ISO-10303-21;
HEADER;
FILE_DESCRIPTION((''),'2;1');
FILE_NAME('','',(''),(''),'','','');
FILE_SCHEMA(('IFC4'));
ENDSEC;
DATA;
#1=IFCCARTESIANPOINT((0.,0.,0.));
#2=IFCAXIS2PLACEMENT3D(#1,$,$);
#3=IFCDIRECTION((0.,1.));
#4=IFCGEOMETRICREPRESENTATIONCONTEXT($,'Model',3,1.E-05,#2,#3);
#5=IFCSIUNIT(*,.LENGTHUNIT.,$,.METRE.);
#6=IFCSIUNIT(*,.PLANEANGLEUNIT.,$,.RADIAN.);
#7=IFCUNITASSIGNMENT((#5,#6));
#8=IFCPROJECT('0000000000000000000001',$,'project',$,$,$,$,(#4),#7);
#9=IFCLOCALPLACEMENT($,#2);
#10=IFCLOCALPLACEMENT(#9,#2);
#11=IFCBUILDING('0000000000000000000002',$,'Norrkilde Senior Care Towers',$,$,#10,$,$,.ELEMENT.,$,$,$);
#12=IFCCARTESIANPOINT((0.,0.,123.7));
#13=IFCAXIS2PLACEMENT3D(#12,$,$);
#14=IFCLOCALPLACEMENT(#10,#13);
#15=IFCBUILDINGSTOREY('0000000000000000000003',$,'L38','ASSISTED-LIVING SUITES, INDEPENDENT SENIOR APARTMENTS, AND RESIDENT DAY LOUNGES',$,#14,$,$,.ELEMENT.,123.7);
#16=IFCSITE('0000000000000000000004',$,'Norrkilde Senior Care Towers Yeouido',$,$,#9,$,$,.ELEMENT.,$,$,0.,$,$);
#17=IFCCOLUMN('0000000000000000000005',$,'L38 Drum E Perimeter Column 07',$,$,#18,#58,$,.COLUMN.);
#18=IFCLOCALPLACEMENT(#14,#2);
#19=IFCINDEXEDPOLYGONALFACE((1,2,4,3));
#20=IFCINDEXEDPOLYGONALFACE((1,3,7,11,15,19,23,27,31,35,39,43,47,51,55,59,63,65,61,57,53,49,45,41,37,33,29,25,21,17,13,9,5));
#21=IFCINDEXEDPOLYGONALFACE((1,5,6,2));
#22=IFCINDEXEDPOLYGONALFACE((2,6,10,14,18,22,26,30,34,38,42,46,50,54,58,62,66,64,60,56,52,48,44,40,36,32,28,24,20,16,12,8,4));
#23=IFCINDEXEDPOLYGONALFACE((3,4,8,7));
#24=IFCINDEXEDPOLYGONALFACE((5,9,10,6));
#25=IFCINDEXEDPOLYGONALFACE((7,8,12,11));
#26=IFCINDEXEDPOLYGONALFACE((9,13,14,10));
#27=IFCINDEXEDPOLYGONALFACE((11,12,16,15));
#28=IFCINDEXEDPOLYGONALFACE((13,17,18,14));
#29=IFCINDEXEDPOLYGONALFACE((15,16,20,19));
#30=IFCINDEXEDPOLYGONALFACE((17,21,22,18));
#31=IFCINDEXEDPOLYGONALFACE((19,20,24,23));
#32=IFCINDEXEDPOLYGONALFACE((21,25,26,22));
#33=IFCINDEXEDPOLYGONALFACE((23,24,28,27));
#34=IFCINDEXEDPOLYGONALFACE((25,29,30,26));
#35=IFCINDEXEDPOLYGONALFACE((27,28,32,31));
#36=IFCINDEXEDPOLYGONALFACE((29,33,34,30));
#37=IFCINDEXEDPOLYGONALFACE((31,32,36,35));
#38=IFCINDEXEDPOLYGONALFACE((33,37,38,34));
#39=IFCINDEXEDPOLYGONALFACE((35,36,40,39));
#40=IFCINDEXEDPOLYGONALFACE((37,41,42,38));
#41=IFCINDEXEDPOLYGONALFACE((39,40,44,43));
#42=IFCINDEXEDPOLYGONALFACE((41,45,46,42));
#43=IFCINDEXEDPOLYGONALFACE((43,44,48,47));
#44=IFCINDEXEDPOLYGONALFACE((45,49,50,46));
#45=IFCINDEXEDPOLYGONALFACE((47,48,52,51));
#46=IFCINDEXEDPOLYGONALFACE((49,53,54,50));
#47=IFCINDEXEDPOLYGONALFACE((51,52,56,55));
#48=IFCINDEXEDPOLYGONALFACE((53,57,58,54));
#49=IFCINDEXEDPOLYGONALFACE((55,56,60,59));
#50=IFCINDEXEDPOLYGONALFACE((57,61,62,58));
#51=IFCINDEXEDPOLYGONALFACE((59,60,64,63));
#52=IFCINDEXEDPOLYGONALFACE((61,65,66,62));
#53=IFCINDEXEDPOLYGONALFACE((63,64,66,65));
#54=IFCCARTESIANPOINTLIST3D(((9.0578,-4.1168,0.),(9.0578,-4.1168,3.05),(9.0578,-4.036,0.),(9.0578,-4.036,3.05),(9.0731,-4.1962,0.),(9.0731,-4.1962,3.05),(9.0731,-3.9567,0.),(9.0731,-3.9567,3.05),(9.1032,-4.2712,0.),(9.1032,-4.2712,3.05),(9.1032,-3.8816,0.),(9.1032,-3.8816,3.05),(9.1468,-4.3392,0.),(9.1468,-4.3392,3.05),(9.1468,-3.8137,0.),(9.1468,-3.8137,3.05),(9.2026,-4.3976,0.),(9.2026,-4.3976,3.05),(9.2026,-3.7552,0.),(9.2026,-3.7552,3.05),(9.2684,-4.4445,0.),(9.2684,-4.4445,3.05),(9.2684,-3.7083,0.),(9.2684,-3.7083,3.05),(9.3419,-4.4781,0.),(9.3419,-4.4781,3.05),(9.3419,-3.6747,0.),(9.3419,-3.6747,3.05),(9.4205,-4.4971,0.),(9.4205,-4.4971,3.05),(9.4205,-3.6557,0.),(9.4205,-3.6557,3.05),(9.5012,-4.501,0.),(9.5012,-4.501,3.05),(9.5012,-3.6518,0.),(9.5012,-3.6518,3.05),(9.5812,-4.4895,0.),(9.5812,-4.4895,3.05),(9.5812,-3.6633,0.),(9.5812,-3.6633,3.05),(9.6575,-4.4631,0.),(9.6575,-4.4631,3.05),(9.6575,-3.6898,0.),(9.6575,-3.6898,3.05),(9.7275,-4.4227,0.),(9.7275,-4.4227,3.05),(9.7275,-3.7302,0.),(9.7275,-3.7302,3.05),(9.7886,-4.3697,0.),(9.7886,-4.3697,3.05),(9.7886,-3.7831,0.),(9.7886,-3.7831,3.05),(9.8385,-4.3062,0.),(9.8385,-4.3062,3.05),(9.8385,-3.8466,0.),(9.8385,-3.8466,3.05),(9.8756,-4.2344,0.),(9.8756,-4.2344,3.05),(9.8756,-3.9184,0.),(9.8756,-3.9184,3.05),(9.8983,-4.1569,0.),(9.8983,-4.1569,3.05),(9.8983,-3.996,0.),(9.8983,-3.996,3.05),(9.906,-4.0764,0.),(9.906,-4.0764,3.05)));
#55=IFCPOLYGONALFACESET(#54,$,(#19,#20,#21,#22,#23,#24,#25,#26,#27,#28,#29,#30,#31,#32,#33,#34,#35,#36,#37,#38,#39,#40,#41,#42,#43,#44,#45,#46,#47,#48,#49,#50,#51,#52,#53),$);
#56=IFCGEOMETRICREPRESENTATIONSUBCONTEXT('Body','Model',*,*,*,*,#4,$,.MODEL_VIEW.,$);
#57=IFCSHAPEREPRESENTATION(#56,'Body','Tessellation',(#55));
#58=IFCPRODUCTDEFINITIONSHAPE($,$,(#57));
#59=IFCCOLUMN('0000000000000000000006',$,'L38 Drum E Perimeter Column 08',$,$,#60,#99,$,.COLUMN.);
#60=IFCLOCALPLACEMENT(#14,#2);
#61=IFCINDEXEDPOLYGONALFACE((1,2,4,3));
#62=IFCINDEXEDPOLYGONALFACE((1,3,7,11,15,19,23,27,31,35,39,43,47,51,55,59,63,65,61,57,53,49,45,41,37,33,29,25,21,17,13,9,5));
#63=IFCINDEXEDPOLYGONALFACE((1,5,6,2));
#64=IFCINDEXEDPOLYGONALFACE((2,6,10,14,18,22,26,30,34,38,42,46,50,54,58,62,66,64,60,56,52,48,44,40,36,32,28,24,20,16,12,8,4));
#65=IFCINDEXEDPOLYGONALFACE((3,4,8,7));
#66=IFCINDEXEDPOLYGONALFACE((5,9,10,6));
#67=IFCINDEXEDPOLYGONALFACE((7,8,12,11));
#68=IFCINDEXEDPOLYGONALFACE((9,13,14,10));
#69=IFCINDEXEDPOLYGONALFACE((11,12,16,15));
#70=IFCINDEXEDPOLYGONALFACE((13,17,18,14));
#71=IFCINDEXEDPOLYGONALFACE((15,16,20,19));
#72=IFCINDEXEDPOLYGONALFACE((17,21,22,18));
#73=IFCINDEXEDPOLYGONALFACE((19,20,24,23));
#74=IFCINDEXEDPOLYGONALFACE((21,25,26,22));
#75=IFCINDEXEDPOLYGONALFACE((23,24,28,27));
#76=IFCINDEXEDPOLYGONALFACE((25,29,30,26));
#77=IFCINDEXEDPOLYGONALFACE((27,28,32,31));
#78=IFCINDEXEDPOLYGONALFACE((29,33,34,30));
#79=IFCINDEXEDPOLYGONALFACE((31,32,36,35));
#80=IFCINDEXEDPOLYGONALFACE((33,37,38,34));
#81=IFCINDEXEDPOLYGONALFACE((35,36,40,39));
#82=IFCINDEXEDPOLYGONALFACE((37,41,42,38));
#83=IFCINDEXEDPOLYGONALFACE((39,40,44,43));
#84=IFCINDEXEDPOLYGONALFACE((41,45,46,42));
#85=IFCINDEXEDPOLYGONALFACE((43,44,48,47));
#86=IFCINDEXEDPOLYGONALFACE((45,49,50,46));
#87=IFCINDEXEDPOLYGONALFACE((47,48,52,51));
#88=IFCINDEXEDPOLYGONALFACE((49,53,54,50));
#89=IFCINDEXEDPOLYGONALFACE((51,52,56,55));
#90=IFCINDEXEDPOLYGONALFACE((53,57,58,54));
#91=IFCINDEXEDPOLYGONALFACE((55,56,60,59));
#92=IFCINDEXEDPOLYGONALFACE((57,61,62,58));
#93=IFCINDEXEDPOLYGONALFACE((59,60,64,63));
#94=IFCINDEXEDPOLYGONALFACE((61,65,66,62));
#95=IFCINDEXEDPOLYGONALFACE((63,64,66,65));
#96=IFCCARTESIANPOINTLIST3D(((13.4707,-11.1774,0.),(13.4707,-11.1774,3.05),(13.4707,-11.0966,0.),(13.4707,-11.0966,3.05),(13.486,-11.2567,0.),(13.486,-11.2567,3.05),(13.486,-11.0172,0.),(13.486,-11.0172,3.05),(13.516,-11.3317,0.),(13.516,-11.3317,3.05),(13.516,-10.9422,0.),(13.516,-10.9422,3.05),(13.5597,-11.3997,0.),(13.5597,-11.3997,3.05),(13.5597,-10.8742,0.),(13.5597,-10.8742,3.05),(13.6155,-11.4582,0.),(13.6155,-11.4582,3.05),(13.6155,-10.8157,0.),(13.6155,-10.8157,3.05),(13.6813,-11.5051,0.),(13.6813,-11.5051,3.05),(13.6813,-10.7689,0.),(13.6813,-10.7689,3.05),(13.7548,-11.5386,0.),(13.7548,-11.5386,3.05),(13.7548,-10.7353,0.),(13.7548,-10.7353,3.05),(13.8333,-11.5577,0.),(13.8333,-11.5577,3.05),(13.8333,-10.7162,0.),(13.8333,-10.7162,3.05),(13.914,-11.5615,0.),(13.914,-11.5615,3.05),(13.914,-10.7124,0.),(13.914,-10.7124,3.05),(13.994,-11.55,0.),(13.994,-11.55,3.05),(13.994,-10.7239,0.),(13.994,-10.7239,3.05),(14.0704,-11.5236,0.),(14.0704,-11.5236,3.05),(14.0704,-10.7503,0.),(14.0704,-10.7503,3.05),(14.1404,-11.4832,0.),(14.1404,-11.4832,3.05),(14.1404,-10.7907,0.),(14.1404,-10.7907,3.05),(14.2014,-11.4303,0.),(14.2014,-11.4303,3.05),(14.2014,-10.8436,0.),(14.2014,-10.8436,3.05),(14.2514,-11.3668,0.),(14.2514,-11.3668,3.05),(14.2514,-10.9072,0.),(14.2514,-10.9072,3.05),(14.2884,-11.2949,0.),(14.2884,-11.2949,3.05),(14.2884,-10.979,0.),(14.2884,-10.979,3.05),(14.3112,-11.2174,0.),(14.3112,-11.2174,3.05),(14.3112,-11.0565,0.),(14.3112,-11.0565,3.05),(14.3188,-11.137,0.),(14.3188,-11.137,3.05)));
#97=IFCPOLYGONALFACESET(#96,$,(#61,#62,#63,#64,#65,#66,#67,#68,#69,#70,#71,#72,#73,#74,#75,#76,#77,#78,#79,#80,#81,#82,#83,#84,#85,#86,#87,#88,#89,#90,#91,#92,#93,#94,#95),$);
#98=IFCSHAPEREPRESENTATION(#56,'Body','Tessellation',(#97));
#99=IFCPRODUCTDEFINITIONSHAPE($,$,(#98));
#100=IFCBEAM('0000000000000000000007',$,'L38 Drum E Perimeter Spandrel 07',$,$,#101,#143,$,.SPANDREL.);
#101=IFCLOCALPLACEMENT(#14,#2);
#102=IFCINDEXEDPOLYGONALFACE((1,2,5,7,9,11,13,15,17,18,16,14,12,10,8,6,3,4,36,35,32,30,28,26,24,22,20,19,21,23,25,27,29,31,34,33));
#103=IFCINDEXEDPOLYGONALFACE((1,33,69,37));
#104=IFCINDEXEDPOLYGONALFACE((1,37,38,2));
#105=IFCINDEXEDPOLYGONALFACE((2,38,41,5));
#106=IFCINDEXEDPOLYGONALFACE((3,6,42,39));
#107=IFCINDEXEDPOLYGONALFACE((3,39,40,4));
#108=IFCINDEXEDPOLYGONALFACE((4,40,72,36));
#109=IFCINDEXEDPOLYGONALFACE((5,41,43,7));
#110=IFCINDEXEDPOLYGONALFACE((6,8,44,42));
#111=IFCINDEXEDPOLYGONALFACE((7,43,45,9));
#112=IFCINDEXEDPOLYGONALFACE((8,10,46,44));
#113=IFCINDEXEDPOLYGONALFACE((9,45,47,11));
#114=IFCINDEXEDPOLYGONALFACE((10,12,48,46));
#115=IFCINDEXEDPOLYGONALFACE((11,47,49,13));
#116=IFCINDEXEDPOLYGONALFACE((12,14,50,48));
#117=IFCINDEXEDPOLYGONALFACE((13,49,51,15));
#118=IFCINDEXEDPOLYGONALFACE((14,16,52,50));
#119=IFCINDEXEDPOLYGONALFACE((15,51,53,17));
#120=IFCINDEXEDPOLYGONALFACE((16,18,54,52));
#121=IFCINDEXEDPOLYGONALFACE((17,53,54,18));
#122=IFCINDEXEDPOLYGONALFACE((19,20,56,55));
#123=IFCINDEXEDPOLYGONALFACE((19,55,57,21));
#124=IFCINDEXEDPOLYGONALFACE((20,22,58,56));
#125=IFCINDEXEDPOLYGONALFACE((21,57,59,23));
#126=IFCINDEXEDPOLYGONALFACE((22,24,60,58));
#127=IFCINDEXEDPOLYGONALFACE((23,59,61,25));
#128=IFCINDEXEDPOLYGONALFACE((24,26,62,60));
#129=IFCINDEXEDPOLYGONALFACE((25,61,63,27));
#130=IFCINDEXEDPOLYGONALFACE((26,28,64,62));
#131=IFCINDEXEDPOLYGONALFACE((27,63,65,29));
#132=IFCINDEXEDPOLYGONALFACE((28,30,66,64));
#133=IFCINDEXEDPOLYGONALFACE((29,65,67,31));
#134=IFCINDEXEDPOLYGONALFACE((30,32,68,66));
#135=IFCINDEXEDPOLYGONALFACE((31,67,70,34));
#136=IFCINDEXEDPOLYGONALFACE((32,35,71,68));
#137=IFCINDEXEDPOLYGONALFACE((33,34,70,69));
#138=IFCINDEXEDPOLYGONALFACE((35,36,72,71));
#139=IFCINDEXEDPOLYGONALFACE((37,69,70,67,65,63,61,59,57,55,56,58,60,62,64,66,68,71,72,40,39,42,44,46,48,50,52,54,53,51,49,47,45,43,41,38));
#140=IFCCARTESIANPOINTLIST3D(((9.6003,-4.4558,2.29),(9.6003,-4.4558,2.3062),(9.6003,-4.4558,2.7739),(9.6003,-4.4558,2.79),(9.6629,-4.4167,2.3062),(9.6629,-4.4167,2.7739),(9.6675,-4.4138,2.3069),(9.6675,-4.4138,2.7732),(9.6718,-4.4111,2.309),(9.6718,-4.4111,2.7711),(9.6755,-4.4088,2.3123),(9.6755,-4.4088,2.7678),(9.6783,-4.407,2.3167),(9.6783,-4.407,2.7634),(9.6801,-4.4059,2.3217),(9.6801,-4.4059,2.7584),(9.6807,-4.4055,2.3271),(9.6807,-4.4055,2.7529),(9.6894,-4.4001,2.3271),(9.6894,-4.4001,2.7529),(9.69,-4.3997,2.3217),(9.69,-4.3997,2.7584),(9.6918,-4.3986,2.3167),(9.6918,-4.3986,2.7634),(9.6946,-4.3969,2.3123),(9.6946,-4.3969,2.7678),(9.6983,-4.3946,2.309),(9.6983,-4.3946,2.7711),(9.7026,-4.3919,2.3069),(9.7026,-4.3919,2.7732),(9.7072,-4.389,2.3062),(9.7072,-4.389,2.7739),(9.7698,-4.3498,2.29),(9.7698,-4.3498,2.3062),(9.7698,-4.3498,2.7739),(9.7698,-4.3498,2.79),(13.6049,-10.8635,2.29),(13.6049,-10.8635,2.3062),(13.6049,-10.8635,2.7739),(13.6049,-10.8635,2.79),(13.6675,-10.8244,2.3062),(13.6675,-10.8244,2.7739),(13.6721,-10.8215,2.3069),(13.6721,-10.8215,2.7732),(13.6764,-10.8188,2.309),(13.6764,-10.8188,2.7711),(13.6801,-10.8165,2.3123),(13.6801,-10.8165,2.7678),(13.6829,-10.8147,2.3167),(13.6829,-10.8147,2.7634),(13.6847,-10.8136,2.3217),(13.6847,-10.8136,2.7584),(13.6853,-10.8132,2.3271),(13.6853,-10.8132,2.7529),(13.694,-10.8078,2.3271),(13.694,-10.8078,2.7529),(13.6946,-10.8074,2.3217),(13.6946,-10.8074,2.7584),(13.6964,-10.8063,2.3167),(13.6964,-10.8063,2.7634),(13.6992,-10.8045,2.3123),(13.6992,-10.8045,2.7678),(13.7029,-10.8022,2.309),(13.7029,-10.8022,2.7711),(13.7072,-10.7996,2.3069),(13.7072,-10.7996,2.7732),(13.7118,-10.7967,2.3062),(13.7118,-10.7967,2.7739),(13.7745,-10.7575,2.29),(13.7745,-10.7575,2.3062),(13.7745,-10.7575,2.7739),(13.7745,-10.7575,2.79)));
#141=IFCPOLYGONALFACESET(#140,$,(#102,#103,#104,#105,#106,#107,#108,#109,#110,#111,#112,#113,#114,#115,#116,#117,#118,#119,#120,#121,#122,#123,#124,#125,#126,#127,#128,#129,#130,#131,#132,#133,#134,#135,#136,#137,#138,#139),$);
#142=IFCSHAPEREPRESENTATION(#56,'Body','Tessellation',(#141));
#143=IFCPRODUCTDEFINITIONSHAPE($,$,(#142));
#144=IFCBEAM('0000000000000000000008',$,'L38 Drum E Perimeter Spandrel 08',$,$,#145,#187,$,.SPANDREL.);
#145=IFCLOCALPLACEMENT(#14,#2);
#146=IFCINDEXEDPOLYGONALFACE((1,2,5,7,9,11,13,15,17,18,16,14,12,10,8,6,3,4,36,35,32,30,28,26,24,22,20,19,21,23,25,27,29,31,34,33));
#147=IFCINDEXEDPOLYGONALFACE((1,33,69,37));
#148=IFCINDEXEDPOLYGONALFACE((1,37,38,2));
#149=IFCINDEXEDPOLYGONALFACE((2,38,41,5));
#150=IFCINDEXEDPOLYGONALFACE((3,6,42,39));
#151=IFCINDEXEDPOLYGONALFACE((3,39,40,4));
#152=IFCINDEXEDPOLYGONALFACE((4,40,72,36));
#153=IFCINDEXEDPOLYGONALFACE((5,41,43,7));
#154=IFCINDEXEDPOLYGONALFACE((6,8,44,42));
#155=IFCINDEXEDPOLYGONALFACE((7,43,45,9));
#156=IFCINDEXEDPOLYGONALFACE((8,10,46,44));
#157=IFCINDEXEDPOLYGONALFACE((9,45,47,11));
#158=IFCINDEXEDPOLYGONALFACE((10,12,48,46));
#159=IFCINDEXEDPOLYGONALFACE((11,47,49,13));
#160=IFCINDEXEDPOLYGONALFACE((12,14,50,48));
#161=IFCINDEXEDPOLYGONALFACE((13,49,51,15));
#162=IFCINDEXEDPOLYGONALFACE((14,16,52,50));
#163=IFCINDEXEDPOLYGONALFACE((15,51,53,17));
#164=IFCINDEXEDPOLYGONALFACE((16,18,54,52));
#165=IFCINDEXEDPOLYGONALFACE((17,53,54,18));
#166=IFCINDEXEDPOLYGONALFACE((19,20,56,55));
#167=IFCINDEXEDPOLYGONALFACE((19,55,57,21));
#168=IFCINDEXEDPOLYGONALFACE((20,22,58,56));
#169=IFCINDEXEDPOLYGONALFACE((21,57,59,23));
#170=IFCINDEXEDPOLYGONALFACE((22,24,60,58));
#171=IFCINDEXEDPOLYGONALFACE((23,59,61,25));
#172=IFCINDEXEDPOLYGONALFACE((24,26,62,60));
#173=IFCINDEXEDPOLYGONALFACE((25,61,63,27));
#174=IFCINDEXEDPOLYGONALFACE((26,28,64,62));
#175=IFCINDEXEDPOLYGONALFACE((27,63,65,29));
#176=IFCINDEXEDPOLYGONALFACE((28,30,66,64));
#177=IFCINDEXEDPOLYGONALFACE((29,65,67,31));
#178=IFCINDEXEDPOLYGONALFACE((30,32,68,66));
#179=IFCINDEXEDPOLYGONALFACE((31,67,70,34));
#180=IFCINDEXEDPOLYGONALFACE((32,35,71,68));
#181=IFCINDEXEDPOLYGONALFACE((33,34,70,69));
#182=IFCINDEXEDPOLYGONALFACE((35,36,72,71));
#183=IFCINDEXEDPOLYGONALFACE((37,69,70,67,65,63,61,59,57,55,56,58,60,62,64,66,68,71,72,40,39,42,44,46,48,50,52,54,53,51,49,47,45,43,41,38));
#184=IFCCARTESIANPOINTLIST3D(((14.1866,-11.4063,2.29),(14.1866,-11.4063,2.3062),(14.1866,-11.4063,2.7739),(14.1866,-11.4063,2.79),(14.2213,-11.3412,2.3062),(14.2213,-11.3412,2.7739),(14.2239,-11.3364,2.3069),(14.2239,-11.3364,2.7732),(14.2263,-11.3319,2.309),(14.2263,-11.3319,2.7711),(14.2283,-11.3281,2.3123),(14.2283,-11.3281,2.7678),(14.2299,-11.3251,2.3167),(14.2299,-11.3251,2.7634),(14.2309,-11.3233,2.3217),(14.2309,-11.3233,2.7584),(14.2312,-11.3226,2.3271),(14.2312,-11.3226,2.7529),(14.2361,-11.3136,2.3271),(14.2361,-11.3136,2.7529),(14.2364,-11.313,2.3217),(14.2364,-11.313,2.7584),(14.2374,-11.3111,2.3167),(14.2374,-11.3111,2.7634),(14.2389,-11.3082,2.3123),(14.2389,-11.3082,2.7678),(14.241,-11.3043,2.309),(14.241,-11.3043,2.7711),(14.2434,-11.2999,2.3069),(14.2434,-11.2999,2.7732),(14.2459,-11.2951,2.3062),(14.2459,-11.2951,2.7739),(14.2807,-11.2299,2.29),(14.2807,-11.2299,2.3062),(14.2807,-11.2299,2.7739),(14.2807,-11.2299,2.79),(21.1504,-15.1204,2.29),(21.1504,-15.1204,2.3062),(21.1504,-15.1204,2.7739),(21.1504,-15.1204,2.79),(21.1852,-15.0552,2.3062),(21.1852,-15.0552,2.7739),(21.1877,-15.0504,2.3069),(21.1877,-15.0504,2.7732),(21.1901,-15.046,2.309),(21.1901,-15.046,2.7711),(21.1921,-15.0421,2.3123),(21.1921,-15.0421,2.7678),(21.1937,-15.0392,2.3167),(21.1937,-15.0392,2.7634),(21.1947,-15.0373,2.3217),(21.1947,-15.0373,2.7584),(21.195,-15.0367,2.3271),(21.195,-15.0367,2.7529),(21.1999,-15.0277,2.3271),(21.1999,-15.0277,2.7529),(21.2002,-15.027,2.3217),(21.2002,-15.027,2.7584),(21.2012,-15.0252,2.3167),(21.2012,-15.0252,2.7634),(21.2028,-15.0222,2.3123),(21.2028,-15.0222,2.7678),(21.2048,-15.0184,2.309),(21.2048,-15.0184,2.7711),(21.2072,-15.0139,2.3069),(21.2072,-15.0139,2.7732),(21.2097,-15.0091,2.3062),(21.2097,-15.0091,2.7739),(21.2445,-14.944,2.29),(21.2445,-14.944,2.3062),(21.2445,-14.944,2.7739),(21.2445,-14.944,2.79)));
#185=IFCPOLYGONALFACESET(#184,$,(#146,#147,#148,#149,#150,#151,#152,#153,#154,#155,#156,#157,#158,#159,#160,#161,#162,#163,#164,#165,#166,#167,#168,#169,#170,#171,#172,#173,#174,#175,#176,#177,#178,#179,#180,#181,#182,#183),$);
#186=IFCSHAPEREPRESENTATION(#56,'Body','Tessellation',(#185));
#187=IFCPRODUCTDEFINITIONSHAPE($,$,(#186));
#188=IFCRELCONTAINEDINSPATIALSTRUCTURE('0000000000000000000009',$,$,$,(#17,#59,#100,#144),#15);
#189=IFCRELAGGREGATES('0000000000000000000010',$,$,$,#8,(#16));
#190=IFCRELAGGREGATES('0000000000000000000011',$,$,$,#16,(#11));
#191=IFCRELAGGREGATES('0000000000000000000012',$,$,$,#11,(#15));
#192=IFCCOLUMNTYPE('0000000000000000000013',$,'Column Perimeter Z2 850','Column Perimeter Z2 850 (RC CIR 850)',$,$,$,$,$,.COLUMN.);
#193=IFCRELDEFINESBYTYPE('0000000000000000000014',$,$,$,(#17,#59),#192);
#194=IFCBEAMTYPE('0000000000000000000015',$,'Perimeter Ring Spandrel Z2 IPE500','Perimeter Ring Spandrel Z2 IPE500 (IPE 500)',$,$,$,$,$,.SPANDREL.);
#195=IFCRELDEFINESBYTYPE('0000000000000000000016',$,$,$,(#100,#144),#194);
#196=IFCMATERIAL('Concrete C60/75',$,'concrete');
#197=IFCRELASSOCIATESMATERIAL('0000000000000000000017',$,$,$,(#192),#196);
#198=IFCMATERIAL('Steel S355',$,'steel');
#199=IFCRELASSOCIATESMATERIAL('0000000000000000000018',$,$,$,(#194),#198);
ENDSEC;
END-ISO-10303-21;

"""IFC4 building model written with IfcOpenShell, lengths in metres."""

from ifc_helpers import new_model, si_unit, direction, frame, origin, origin_2d, place, context, subcontext, project, spatial, circle, i_section, extrude, source, transform, mapped, material, material_profile, profile_set, type_object, type_shapes, element, save


model = new_model("IFC4")

# Units and contexts
model_context = context("Model", 3, precision=1e-05, world=origin(), true_north=direction((0.0, 1.0)))
body_context = subcontext(model_context, "Body", "Model", "MODEL_VIEW")
ifc_project = project(units=[si_unit("LENGTHUNIT", "METRE"), si_unit("PLANEANGLEUNIT", "RADIAN")], contexts=[model_context])

# Site, building, storey
site_placement = place(None, origin())
site = spatial("IfcSite", under=ifc_project, at=site_placement, Name="Norrkilde Senior Care Towers Yeouido", CompositionType="ELEMENT", RefElevation=0.0)
building_placement = place(site_placement, origin())
building = spatial("IfcBuilding", under=site, at=building_placement, Name="Norrkilde Senior Care Towers", CompositionType="ELEMENT")
storey_placement = place(building_placement, frame((0.0, 0.0, 123.7)))
storey = spatial("IfcBuildingStorey", under=building, at=storey_placement, Name="L38", Description="ASSISTED-LIVING SUITES, INDEPENDENT SENIOR APARTMENTS, AND RESIDENT DAY LOUNGES", CompositionType="ELEMENT", Elevation=123.7)

# Columns
ifc_material_1 = material(Name="Concrete C60/75", Category="concrete")
ifc_material_profile_1 = material_profile(ifc_material_1, circle(Radius=0.425, at=origin_2d()), Name="RC CIR 850")
ifc_profile_set_1 = profile_set([ifc_material_profile_1], Name="Concrete C60/75")
column_type = type_object("IfcColumnType", Name="Column Perimeter Z2 850", Description="Column Perimeter Z2 850 (RC CIR 850)", PredefinedType="COLUMN", material=ifc_profile_set_1)
shared_shape_1 = source(origin(), body_context, "Body", "SweptSolid", [
    extrude(circle(Radius=0.425, at=origin_2d()), origin(), (0.0, 0.0, 1.0), 3.05),
])
type_shapes(column_type, [shared_shape_1])
for number, where, z_axis, x_axis, name in (
    (1, (9.481, -4.0764, 0.0), (0.0, 0.0, 1.0), (1.0, 0.0, 0.0), "L38 Drum E Perimeter Column 07"),
    (2, (13.8938, -11.137, 0.0), (0.0, 0.0, 1.0), (1.0, 0.0, 0.0), "L38 Drum E Perimeter Column 08"),
):
    element("IfcColumn", number, at=place(storey_placement, frame(where, z_axis=z_axis, x_axis=x_axis)), inside=storey, type_object=column_type, Name=name, PredefinedType="COLUMN", context=body_context, shape_type="MappedRepresentation", body=[
        mapped(shared_shape_1, transform((0.0, 0.0, 0.0), x_axis=(1.0, 0.0, 0.0), y_axis=(0.0, 1.0, 0.0), z_axis=(0.0, 0.0, 1.0), scale=1.0)),
    ])

# Beams
ifc_material_2 = material(Name="Steel S355", Category="steel")
ifc_material_profile_2 = material_profile(ifc_material_2, i_section(OverallWidth=0.2, OverallDepth=0.5, WebThickness=0.0103, FlangeThickness=0.0161, FilletRadius=0.021, at=origin_2d()), Name="IPE 500")
ifc_profile_set_2 = profile_set([ifc_material_profile_2], Name="Steel S355")
beam_type_1 = type_object("IfcBeamType", Name="Perimeter Ring Spandrel Z2 IPE500", Description="Perimeter Ring Spandrel Z2 IPE500 (IPE 500)", PredefinedType="SPANDREL", material=ifc_profile_set_2)
shared_shape_2 = source(origin(), body_context, "Body", "SweptSolid", [
    extrude(i_section(OverallWidth=0.2, OverallDepth=0.5, WebThickness=0.0103, FlangeThickness=0.0161, FilletRadius=0.021, at=origin_2d()), origin(), (0.0, 0.0, 1.0), 7.5562),
])
beam_1_placement = place(storey_placement, frame((9.6851, -4.4028, 2.54), z_axis=(0.529982, -0.848009, 0.0), x_axis=(0.848009, 0.529982, 0.0)))
element("IfcBeam", 3, at=beam_1_placement, inside=storey, type_object=beam_type_1, Name="L38 Drum E Perimeter Spandrel 07", PredefinedType="SPANDREL", context=body_context, shape_type="MappedRepresentation", body=[
    mapped(shared_shape_2, transform((0.0, 0.0, 0.0), x_axis=(1.0, 0.0, 0.0), y_axis=(0.0, 1.0, 0.0), z_axis=(0.0, 0.0, 1.0), scale=1.0)),
])
shared_shape_3 = source(origin(), body_context, "Body", "SweptSolid", [
    extrude(i_section(OverallWidth=0.2, OverallDepth=0.5, WebThickness=0.0103, FlangeThickness=0.0161, FilletRadius=0.021, at=origin_2d()), origin(), (0.0, 0.0, 1.0), 7.8923),
])
type_shapes(beam_type_1, [shared_shape_2, shared_shape_3])
beam_2_placement = place(storey_placement, frame((14.2336, -11.3181, 2.54), z_axis=(0.88235, -0.470593, 0.0), x_axis=(0.470593, 0.88235, 0.0)))
element("IfcBeam", 4, at=beam_2_placement, inside=storey, type_object=beam_type_1, Name="L38 Drum E Perimeter Spandrel 08", PredefinedType="SPANDREL", context=body_context, shape_type="MappedRepresentation", body=[
    mapped(shared_shape_3, transform((0.0, 0.0, 0.0), x_axis=(1.0, 0.0, 0.0), y_axis=(0.0, 1.0, 0.0), z_axis=(0.0, 0.0, 1.0), scale=1.0)),
])

save(model, "model.ifc")
